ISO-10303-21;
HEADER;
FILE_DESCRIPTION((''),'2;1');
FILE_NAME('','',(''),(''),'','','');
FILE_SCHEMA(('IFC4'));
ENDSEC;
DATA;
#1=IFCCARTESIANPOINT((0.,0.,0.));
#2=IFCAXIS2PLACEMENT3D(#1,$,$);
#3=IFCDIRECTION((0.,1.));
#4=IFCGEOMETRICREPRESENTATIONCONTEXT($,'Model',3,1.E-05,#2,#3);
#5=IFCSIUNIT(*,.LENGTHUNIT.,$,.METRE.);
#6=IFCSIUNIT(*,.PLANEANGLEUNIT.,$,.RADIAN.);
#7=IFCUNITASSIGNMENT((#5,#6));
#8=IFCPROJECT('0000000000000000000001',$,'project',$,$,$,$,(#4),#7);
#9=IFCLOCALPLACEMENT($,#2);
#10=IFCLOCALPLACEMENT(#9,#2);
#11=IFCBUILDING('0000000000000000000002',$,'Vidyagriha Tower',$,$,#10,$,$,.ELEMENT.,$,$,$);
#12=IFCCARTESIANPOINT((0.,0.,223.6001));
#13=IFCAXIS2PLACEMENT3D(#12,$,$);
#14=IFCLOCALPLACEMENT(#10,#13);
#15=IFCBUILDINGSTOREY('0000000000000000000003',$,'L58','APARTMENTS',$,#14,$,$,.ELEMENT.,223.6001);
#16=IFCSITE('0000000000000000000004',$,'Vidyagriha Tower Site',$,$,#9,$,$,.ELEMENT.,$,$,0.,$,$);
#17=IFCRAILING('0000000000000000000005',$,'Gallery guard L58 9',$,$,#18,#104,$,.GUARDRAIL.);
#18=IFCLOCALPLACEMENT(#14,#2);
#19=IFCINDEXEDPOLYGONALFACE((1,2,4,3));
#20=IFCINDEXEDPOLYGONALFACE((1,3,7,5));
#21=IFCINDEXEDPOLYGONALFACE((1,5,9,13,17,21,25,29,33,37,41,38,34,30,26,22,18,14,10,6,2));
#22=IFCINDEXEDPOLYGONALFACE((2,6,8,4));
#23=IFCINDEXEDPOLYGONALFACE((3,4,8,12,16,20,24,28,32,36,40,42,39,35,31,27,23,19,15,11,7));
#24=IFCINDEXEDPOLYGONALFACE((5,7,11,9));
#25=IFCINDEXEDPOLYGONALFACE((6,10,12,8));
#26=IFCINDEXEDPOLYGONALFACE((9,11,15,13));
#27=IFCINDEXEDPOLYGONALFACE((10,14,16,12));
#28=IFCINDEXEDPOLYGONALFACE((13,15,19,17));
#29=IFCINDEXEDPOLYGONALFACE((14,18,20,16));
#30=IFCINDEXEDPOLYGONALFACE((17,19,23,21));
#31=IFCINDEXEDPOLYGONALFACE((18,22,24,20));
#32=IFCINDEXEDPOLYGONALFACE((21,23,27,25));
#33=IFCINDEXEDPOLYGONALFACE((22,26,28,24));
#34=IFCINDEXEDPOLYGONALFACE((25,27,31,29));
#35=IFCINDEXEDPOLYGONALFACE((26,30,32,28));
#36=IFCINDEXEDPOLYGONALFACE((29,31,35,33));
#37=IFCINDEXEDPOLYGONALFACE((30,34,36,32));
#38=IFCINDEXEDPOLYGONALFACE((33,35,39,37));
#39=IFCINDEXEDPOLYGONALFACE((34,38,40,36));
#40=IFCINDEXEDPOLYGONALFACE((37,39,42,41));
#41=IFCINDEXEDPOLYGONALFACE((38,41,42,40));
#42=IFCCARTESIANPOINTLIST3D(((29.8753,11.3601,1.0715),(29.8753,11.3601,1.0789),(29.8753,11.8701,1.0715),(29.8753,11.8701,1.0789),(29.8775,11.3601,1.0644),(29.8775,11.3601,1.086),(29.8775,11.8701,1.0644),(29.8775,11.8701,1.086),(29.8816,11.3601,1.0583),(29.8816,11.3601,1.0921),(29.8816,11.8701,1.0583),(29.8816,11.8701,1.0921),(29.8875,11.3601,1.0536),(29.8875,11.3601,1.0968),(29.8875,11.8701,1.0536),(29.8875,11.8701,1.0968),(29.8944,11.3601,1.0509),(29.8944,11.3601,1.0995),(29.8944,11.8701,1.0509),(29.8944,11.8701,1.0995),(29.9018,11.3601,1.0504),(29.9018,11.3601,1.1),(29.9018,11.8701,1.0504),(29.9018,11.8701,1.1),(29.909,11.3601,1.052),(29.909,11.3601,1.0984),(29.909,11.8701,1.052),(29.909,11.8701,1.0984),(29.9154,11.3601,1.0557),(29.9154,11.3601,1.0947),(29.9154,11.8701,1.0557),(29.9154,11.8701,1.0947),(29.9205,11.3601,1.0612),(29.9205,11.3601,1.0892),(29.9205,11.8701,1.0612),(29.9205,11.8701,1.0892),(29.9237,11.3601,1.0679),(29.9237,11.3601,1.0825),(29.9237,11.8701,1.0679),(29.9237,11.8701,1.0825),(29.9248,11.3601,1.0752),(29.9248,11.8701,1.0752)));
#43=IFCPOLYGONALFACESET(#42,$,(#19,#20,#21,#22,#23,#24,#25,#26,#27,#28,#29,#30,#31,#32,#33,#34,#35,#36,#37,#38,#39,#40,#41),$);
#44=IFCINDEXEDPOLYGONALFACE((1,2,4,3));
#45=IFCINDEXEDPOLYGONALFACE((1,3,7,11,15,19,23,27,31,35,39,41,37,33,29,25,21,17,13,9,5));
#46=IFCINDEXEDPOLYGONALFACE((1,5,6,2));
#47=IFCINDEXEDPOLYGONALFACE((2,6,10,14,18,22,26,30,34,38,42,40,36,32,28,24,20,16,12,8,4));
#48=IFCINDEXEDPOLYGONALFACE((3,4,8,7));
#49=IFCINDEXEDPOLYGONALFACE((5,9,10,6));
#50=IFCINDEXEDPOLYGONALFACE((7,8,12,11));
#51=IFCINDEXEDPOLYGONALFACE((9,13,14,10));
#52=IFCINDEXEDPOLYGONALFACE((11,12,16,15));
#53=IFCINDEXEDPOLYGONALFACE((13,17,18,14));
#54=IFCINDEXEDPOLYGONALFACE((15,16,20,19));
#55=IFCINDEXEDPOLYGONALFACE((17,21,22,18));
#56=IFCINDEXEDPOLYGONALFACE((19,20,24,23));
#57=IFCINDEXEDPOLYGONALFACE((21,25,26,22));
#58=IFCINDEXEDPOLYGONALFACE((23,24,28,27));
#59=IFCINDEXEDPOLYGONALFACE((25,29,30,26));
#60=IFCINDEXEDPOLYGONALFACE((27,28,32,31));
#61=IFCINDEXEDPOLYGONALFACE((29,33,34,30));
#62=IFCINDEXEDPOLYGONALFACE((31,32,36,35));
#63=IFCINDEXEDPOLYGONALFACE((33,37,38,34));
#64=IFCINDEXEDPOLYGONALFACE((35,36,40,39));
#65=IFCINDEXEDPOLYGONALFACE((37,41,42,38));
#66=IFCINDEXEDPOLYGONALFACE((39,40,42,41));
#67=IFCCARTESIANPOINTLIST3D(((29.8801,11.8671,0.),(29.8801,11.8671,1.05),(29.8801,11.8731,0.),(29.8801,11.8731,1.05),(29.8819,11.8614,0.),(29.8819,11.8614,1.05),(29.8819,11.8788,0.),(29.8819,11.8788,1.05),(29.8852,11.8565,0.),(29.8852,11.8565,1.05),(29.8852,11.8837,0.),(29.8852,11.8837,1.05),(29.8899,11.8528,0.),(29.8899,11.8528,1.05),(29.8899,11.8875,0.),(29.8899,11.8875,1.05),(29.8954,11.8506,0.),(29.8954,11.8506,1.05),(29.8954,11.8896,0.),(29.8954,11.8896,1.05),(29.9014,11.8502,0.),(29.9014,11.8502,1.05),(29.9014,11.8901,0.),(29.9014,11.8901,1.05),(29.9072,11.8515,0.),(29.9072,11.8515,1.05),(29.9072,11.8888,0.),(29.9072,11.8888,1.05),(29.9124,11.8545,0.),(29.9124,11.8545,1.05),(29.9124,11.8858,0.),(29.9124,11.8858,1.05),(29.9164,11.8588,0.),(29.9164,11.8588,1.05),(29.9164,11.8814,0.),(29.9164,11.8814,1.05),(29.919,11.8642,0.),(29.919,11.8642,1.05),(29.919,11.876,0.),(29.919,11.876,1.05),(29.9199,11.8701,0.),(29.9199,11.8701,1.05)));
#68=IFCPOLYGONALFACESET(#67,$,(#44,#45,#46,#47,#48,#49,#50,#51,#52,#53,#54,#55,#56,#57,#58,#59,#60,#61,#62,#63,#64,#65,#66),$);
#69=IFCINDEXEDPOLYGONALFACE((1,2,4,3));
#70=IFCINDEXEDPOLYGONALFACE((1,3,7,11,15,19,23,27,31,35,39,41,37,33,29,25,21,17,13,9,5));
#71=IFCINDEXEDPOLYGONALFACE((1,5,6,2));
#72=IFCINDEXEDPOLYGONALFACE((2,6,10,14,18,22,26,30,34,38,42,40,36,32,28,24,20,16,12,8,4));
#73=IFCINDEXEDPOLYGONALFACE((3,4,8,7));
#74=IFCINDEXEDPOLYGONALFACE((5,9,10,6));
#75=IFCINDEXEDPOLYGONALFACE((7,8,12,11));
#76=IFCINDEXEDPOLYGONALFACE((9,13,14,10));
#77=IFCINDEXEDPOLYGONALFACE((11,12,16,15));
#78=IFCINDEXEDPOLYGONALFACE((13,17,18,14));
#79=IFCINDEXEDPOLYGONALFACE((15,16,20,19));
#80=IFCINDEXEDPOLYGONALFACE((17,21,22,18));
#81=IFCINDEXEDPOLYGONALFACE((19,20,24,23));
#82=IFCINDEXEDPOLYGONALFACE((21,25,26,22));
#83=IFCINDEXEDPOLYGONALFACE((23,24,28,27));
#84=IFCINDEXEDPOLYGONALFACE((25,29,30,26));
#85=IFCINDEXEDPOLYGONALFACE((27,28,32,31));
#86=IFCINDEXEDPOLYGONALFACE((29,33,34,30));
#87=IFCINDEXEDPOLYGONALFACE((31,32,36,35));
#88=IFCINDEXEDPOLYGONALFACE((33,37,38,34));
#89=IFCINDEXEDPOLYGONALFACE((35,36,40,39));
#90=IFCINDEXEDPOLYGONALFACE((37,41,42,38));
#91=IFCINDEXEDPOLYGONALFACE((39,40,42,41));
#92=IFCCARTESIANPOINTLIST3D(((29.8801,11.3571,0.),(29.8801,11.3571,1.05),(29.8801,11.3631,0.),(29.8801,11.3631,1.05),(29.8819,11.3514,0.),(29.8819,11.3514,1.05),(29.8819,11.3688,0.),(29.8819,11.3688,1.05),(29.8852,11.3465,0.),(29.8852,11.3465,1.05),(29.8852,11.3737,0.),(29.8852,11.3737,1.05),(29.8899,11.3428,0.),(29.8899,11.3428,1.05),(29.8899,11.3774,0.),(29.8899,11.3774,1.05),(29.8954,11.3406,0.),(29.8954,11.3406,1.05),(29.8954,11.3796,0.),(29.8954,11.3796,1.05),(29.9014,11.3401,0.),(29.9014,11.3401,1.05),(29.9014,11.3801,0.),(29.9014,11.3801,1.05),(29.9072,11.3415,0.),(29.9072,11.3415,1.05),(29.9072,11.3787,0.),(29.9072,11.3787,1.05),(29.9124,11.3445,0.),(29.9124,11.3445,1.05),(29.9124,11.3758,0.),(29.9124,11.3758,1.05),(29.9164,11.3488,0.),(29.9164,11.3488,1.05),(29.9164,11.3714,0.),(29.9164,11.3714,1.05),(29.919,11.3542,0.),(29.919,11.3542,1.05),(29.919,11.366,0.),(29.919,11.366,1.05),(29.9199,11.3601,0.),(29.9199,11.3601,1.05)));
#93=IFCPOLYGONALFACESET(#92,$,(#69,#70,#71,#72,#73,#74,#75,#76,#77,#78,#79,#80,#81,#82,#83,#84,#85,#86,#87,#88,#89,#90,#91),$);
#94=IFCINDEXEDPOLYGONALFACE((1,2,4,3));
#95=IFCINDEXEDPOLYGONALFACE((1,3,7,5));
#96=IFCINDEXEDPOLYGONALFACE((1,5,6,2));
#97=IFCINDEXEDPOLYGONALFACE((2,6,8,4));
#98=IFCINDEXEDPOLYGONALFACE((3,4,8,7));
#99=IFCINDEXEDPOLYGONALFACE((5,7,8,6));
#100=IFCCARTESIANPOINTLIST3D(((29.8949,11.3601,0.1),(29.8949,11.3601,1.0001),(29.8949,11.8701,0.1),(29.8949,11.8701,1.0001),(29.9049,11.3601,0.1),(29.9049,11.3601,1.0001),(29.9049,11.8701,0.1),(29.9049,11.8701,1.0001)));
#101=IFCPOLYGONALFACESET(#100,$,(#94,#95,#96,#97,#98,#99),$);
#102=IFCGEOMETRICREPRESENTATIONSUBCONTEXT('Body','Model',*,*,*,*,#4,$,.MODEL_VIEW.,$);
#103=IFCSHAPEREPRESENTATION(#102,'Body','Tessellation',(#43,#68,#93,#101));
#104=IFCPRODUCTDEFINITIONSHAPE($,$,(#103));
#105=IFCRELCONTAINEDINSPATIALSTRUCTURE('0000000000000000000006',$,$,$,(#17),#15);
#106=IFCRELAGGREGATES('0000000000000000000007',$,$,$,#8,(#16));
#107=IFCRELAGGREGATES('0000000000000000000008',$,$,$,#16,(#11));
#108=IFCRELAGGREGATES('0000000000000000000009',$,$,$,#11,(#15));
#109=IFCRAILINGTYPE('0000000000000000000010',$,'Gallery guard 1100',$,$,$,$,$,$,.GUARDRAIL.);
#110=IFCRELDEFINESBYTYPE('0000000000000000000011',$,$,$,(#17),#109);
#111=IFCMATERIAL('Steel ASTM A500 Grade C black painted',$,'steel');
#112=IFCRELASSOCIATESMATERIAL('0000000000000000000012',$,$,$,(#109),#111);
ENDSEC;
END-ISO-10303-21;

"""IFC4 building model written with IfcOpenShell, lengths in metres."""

from ifc_helpers import new_model, si_unit, direction, frame, origin, origin_2d, place, context, subcontext, project, spatial, rectangle, circle, extrude, material, type_object, element, save


model = new_model("IFC4")

# Units and contexts
model_context = context("Model", 3, precision=1e-05, world=origin(), true_north=direction((0.0, 1.0)))
body_context = subcontext(model_context, "Body", "Model", "MODEL_VIEW")
ifc_project = project(units=[si_unit("LENGTHUNIT", "METRE"), si_unit("PLANEANGLEUNIT", "RADIAN")], contexts=[model_context])

# Site, building, storey
site_placement = place(None, origin())
site = spatial("IfcSite", under=ifc_project, at=site_placement, Name="Vidyagriha Tower Site", CompositionType="ELEMENT", RefElevation=0.0)
building_placement = place(site_placement, origin())
building = spatial("IfcBuilding", under=site, at=building_placement, Name="Vidyagriha Tower", CompositionType="ELEMENT")
storey_placement = place(building_placement, frame((0.0, 0.0, 223.6001)))
storey = spatial("IfcBuildingStorey", under=building, at=storey_placement, Name="L58", Description="APARTMENTS", CompositionType="ELEMENT", Elevation=223.6001)

# Railing
ifc_material_1 = material(Name="Steel ASTM A500 Grade C black painted", Category="steel")
railing_type_1 = type_object("IfcRailingType", Name="Gallery guard 1100", PredefinedType="GUARDRAIL", material=ifc_material_1)
railing_1_placement = place(storey_placement, frame((29.8999, 11.8701, 0.0)))
element("IfcRailing", 1, at=railing_1_placement, inside=storey, type_object=railing_type_1, Name="Gallery guard L58 9", PredefinedType="GUARDRAIL", context=body_context, shape_type="SweptSolid", body=[
    extrude(circle(Radius=0.0249, at=origin_2d()), frame((0.0, 0.0, 1.0752), z_axis=(0.0, -1.0, 0.0), x_axis=(1.0, 0.0, 0.0)), (0.0, 0.0, 1.0), 0.51),
    extrude(circle(Radius=0.02, at=origin_2d()), origin(), (0.0, 0.0, 1.0), 1.05),
    extrude(circle(Radius=0.02, at=origin_2d()), frame((0.0, -0.51, 0.0)), (0.0, 0.0, 1.0), 1.05),
    extrude(rectangle(XDim=0.01, YDim=0.9001, at=origin_2d()), frame((0.0, 0.0, 0.55), z_axis=(0.0, -1.0, 0.0), x_axis=(1.0, 0.0, 0.0)), (0.0, 0.0, 1.0), 0.51),
])

save(model, "model.ifc")
